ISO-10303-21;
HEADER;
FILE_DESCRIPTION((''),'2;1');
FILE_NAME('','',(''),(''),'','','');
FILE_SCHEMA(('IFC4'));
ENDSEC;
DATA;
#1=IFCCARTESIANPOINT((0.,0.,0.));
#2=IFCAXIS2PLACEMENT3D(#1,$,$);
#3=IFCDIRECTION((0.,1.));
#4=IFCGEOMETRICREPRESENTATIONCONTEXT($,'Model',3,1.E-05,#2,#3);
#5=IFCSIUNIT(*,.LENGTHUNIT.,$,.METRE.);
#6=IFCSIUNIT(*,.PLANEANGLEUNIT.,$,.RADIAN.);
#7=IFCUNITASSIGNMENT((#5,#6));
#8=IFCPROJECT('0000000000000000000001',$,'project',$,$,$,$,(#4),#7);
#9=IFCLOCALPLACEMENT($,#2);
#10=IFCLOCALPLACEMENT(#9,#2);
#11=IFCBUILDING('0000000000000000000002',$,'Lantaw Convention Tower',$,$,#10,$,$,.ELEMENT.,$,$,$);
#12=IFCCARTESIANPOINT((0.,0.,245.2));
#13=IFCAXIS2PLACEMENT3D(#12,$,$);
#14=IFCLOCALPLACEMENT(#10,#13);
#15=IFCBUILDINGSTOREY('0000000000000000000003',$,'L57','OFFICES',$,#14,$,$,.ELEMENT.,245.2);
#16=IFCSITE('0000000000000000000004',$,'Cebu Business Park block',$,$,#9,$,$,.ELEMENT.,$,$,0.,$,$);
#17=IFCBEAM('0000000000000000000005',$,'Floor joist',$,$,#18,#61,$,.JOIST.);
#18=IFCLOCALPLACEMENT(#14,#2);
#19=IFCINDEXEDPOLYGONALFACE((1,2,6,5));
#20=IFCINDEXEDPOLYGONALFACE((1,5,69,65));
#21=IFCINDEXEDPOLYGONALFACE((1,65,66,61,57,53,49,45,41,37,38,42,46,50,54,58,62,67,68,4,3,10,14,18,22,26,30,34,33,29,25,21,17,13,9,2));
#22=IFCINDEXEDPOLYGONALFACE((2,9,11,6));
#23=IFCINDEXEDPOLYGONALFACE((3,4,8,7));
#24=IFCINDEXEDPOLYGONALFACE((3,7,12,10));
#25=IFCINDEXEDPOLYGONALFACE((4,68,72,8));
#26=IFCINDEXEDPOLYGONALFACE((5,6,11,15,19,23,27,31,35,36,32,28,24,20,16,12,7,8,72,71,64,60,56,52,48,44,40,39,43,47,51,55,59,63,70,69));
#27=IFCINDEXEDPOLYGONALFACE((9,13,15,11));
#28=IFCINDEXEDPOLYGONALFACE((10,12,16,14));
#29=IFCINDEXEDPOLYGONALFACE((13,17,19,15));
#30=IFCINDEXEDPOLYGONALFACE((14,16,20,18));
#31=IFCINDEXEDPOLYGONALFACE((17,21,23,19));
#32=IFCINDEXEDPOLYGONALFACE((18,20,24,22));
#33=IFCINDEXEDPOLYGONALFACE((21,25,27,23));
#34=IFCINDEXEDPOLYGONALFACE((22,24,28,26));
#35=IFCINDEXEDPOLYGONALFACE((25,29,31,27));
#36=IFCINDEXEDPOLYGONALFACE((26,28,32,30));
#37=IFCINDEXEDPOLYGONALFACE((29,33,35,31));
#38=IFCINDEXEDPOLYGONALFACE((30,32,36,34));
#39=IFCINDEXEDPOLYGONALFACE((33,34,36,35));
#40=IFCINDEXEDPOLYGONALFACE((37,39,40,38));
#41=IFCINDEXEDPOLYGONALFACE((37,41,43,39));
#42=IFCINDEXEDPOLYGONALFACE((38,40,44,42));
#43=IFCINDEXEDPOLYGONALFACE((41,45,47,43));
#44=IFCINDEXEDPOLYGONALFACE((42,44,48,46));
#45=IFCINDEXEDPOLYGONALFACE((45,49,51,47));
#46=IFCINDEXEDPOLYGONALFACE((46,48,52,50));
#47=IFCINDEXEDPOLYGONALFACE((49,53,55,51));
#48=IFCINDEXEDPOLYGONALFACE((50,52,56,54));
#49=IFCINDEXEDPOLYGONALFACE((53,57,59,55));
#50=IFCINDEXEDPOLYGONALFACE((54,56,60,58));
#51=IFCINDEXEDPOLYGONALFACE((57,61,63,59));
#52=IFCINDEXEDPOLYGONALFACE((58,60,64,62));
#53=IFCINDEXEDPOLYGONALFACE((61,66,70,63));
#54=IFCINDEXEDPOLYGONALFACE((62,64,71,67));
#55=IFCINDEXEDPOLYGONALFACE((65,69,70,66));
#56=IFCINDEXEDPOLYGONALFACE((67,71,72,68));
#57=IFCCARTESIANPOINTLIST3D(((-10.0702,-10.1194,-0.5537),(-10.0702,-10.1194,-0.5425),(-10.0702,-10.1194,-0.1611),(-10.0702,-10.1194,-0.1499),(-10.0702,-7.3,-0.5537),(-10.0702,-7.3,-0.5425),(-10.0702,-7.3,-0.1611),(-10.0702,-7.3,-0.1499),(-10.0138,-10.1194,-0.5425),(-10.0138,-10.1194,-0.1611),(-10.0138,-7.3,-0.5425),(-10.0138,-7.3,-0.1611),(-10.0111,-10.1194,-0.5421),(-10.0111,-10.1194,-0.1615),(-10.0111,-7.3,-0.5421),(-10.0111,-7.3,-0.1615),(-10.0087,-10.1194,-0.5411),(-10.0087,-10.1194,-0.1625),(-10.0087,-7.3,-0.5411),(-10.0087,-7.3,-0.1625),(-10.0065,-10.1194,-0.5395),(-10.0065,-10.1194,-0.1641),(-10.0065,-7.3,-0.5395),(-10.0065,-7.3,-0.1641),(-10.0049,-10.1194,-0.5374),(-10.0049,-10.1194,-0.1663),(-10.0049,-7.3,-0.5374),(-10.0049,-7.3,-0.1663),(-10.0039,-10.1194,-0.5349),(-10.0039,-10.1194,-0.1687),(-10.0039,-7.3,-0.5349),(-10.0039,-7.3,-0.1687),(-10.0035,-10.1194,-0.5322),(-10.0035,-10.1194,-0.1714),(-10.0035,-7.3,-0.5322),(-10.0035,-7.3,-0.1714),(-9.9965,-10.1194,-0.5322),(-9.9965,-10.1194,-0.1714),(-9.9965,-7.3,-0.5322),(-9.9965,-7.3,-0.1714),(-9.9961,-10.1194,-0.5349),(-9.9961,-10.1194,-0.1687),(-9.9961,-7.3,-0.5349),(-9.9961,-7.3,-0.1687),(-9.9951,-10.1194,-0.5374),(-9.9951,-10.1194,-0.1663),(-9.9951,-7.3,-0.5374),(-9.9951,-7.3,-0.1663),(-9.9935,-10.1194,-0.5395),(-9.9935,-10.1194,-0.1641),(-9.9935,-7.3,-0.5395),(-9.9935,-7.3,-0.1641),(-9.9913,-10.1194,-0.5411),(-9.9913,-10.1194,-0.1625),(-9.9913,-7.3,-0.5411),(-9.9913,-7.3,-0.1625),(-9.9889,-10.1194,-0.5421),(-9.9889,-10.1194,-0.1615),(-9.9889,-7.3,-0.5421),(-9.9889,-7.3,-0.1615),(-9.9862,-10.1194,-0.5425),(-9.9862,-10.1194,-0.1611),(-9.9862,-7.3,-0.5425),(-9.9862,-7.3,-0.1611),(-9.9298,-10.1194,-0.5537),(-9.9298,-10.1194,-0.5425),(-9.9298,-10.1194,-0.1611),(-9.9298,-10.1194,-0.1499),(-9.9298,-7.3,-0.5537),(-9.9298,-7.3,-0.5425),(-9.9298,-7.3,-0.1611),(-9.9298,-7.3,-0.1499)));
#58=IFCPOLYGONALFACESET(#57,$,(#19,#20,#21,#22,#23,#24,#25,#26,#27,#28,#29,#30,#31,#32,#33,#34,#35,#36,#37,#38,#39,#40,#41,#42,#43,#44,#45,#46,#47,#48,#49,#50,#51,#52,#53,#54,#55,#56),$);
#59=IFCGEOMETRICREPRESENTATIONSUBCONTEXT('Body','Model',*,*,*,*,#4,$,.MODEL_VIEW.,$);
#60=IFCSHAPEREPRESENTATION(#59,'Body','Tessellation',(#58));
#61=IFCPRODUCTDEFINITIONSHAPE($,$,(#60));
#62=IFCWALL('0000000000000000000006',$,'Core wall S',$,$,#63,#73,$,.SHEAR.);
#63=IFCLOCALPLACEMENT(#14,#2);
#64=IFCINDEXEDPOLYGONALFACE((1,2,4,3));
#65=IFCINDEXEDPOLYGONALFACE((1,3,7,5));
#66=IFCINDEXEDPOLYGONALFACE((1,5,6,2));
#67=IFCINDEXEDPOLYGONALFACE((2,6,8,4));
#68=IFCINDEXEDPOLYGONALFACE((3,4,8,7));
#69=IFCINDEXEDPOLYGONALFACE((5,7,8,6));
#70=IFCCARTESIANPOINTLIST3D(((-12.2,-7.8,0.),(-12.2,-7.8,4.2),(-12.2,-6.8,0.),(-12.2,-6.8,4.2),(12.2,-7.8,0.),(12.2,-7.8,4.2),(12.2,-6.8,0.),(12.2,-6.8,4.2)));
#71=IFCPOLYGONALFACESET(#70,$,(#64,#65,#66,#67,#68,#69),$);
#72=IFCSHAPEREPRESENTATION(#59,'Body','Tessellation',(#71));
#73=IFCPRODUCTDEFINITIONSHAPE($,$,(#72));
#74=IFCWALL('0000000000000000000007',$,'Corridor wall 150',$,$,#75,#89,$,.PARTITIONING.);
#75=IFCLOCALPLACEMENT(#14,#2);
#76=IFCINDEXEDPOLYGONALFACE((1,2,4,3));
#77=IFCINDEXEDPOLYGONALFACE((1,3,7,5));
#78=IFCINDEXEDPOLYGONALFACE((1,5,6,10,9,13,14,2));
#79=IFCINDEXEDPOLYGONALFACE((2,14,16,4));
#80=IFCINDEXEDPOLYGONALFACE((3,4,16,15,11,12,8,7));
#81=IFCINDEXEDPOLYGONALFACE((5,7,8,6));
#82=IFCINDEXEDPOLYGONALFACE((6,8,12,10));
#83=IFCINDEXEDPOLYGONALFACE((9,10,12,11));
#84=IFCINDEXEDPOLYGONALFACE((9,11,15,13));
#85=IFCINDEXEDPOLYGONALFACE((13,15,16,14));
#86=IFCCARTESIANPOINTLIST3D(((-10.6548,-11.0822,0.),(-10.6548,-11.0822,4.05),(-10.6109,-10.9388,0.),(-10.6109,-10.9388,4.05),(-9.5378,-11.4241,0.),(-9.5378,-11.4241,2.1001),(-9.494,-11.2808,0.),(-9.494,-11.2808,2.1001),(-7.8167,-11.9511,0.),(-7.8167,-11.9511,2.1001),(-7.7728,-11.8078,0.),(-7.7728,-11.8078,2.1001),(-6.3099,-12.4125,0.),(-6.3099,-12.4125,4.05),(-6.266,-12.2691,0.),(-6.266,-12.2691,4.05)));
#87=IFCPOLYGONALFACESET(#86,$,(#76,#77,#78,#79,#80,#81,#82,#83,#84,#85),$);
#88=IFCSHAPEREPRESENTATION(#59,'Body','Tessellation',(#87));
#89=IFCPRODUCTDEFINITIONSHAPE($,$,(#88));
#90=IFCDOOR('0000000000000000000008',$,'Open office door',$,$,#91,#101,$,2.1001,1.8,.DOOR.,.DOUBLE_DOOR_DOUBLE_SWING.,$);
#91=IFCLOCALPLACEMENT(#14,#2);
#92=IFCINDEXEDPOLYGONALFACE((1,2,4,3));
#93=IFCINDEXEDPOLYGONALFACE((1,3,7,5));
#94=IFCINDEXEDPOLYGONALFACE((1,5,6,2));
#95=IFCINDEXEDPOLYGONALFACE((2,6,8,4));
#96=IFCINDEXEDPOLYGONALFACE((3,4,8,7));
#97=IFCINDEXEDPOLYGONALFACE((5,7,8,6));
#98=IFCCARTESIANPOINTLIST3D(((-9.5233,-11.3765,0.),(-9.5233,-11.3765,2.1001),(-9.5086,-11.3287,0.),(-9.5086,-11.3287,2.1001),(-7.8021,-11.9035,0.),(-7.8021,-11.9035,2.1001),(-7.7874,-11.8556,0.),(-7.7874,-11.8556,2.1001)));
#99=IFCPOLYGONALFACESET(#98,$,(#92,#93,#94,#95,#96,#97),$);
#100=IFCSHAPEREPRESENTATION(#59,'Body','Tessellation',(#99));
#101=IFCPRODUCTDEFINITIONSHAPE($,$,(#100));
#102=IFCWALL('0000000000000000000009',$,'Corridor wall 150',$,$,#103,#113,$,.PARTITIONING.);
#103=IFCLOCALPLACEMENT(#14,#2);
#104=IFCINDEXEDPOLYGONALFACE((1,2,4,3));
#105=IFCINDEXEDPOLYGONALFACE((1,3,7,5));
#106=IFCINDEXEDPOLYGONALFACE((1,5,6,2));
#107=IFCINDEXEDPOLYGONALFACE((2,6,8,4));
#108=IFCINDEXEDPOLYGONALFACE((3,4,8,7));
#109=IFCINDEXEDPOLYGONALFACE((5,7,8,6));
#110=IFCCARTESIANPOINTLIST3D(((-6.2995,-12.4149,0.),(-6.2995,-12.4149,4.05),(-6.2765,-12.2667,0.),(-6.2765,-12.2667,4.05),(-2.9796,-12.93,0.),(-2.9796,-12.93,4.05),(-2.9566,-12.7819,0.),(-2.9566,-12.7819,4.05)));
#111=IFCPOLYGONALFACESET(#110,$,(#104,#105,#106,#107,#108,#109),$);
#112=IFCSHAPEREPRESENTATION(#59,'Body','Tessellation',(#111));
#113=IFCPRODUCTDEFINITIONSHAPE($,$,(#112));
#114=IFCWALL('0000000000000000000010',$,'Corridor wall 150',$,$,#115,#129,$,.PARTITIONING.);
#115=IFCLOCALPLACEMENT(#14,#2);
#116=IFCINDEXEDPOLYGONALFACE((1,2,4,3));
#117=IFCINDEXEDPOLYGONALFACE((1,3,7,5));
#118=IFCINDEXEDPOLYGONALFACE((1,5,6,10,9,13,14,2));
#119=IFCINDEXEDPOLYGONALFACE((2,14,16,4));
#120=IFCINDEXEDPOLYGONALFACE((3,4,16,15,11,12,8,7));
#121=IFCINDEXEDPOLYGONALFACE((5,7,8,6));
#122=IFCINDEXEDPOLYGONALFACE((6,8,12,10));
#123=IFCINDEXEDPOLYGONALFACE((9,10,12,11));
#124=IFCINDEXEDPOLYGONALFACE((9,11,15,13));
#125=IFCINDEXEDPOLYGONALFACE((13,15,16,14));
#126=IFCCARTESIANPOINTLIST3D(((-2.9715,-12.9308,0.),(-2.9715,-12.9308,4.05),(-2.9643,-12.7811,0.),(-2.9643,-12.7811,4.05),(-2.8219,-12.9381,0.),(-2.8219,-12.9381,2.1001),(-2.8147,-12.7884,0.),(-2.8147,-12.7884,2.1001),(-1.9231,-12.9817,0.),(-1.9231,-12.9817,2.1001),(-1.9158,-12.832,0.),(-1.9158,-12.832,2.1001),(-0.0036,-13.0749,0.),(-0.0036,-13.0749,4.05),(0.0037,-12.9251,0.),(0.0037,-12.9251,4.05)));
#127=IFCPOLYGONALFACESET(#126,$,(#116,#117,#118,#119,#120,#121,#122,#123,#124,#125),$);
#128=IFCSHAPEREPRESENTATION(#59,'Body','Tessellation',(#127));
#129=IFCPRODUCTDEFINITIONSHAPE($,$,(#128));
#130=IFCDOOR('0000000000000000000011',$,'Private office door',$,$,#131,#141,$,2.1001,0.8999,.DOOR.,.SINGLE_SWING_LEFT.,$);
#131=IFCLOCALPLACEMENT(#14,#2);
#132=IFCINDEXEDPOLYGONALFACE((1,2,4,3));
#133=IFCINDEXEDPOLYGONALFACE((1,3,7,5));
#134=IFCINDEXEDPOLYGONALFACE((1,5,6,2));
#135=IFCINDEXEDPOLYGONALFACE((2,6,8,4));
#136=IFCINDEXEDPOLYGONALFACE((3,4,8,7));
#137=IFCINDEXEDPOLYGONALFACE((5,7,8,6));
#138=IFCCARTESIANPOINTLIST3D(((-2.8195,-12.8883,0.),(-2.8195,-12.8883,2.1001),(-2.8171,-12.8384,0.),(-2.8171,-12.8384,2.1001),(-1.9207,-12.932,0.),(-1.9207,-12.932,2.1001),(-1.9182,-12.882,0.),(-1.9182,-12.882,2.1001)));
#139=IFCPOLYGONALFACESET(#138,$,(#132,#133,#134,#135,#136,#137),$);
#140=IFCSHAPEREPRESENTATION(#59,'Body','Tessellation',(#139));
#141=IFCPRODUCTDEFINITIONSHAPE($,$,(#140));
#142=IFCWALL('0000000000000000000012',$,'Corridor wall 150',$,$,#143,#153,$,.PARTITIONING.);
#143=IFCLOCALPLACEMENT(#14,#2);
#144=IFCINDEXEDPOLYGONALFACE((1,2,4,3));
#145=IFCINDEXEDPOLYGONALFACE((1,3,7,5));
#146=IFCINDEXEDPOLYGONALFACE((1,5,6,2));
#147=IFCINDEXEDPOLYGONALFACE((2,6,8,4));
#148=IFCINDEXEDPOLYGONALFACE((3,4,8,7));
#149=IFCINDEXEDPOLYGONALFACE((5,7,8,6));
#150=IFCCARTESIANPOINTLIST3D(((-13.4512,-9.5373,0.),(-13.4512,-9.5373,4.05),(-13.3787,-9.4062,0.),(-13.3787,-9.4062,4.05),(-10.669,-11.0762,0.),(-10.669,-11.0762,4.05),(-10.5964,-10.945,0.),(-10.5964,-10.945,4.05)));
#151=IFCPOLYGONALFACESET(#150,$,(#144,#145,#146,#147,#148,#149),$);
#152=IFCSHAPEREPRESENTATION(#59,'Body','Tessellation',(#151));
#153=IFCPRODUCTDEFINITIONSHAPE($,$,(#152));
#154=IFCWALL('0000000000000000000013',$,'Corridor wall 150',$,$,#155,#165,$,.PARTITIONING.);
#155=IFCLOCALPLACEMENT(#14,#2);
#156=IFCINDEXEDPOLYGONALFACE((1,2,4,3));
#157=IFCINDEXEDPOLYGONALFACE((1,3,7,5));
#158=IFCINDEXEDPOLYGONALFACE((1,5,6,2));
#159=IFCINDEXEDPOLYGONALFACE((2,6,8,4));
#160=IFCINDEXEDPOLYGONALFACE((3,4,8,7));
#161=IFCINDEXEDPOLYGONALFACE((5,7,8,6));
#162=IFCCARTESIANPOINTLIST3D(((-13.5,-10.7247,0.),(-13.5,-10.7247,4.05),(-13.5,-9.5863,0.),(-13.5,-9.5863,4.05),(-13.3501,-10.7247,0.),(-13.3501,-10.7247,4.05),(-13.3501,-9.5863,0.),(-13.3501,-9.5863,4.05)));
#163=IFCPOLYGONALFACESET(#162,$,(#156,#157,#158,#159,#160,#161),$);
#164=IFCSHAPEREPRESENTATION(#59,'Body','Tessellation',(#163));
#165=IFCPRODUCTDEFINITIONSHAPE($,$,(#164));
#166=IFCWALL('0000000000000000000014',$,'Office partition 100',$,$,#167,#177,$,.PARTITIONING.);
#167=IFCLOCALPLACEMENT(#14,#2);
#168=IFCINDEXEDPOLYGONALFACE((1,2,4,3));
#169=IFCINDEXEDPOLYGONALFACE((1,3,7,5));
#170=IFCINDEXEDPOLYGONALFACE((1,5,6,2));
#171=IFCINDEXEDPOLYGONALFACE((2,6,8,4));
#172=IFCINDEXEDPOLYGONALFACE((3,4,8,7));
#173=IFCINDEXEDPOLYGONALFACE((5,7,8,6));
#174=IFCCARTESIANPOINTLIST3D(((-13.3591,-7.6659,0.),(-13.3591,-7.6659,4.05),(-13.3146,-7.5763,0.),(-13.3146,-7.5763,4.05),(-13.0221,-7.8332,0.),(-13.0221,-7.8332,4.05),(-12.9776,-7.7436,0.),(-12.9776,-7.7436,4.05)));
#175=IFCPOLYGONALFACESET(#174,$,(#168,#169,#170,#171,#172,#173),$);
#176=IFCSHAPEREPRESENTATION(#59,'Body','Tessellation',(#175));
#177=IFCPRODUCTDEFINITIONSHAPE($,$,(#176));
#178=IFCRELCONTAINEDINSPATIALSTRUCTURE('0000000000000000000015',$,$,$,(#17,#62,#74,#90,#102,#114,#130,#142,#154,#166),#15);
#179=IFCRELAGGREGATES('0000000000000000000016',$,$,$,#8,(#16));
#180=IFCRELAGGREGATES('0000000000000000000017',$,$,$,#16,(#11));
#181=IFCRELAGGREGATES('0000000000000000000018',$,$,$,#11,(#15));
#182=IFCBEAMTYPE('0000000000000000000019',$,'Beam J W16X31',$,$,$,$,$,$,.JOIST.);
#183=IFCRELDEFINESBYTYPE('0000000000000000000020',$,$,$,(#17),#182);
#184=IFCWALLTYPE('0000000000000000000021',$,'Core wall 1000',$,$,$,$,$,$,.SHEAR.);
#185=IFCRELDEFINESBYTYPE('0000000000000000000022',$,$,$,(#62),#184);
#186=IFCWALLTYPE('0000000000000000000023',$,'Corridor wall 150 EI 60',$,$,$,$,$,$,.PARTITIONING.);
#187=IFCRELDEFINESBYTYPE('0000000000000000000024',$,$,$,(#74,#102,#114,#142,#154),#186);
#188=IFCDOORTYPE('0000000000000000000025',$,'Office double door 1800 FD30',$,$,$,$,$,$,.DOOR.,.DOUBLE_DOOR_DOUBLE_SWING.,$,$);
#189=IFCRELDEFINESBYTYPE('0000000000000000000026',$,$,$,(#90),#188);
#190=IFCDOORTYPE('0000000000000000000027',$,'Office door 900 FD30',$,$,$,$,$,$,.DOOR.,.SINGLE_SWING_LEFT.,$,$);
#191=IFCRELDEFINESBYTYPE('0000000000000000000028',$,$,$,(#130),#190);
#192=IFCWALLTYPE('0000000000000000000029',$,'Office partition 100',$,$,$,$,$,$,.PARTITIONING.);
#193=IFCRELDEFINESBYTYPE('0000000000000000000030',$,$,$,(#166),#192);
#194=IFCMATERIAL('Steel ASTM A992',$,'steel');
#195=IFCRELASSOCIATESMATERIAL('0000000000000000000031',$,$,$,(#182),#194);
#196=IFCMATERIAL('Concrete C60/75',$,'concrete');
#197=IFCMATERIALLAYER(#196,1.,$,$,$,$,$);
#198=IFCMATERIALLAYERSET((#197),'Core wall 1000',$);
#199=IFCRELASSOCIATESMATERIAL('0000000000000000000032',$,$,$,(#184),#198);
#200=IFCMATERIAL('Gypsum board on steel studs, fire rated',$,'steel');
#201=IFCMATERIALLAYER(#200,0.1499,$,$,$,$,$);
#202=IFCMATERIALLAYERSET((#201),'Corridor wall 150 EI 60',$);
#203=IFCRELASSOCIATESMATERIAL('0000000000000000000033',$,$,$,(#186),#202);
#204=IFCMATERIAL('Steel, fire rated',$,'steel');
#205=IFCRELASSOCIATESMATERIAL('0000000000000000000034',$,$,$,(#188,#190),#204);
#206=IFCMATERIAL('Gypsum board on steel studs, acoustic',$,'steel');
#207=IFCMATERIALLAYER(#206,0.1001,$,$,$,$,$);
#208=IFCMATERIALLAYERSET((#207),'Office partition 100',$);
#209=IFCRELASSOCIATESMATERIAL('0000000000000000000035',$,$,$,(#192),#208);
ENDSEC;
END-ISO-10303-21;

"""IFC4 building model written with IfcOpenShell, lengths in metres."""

from ifc_helpers import new_model, si_unit, direction, frame, frame_2d, origin, origin_2d, place, context, subcontext, project, spatial, rectangle, i_section, extrude, material, layer, layer_set, material_profile, profile_set, type_object, element, fill, save


model = new_model("IFC4")

# Units and contexts
model_context = context("Model", 3, precision=1e-05, world=origin(), true_north=direction((0.0, 1.0)))
body_context = subcontext(model_context, "Body", "Model", "MODEL_VIEW")
ifc_project = project(units=[si_unit("LENGTHUNIT", "METRE"), si_unit("PLANEANGLEUNIT", "RADIAN")], contexts=[model_context])

# Site, building, storey
site_placement = place(None, origin())
site = spatial("IfcSite", under=ifc_project, at=site_placement, Name="Cebu Business Park block", CompositionType="ELEMENT", RefElevation=0.0)
building_placement = place(site_placement, origin())
building = spatial("IfcBuilding", under=site, at=building_placement, Name="Lantaw Convention Tower", CompositionType="ELEMENT")
storey_placement = place(building_placement, frame((0.0, 0.0, 245.2)))
storey = spatial("IfcBuildingStorey", under=building, at=storey_placement, Name="L57", Description="OFFICES", CompositionType="ELEMENT", Elevation=245.2)

# Shared definitions
ifc_material_1 = material(Name="Concrete C60/75", Category="concrete")

# Beam
ifc_material_2 = material(Name="Steel ASTM A992", Category="steel")
ifc_material_profile_1 = material_profile(ifc_material_2, i_section(OverallWidth=0.1404, OverallDepth=0.4038, WebThickness=0.0071, FlangeThickness=0.0112, FilletRadius=0.0103, at=origin_2d()), Name="W16X31")
ifc_profile_set_1 = profile_set([ifc_material_profile_1], Name="Steel ASTM A992")
beam_type_1 = type_object("IfcBeamType", Name="Beam J W16X31", PredefinedType="JOIST", material=ifc_profile_set_1)
beam_1_placement = place(storey_placement, frame((-10.0, -10.1194, -0.3518), z_axis=(0.0, 1.0, 0.0), x_axis=(-1.0, 0.0, 0.0)))
element("IfcBeam", 1, at=beam_1_placement, inside=storey, type_object=beam_type_1, Name="Floor joist", PredefinedType="JOIST", context=body_context, shape_type="SweptSolid", body=[
    extrude(i_section(OverallWidth=0.1404, OverallDepth=0.4038, WebThickness=0.0071, FlangeThickness=0.0112, FilletRadius=0.0103, at=origin_2d()), origin(), (0.0, 0.0, 1.0), 2.8193),
])

# Wall
ifc_layer_1 = layer(ifc_material_1, 1.0)
ifc_layer_set_1 = layer_set([ifc_layer_1], Name="Core wall 1000")
wall_type_1 = type_object("IfcWallType", Name="Core wall 1000", PredefinedType="SHEAR", material=ifc_layer_set_1)
wall_1_placement = place(storey_placement, frame((-12.2, -7.3, 0.0), z_axis=(0.0, 0.0, 1.0), x_axis=(1.0, 0.0, 0.0)))
element("IfcWall", 2, at=wall_1_placement, inside=storey, type_object=wall_type_1, Name="Core wall S", PredefinedType="SHEAR", context=body_context, shape_type="SweptSolid", body=[
    extrude(rectangle(XDim=24.3999, YDim=1.0, at=frame_2d((12.2, 0.0))), origin(), (0.0, 0.0, 1.0), 4.2),
])

# Wall, opening, door
ifc_material_3 = material(Name="Gypsum board on steel studs, fire rated", Category="steel")
ifc_layer_2 = layer(ifc_material_3, 0.1499)
ifc_layer_set_2 = layer_set([ifc_layer_2], Name="Corridor wall 150 EI 60")
wall_type_2 = type_object("IfcWallType", Name="Corridor wall 150 EI 60", PredefinedType="PARTITIONING", material=ifc_layer_set_2)
wall_2_placement = place(storey_placement, frame((-10.6328, -11.0105, 0.0), z_axis=(0.0, 0.0, 1.0), x_axis=(0.956186, -0.29276, 0.0)))
wall_2 = element("IfcWall", 3, at=wall_2_placement, inside=storey, type_object=wall_type_2, Name="Corridor wall 150", PredefinedType="PARTITIONING", context=body_context, shape_type="SweptSolid", body=[
    extrude(rectangle(XDim=4.5439, YDim=0.1499, at=frame_2d((2.272, 0.0))), origin(), (0.0, 0.0, 1.0), 4.05),
])
opening_1_placement = place(wall_2_placement, frame((1.1682, 0.0, 0.0)))
opening_1 = element("IfcOpeningElement", 4, at=opening_1_placement, cuts=wall_2, PredefinedType="OPENING", context=body_context, shape_type="SweptSolid", body=[
    extrude(rectangle(XDim=1.8, YDim=2.1001, at=frame_2d((0.8999, 1.05))), frame((0.0, 0.085, 0.0), z_axis=(0.0, -1.0, 0.0), x_axis=(1.0, 0.0, 0.0)), (0.0, 0.0, 1.0), 0.1699),
])
ifc_material_4 = material(Name="Steel, fire rated", Category="steel")
door_type_1 = type_object("IfcDoorType", Name="Office double door 1800 FD30", OperationType="DOUBLE_DOOR_DOUBLE_SWING", PredefinedType="DOOR", material=ifc_material_4)
door_1_placement = place(opening_1_placement, origin())
door_1 = element("IfcDoor", 5, at=door_1_placement, inside=storey, type_object=door_type_1, Name="Open office door", OperationType="DOUBLE_DOOR_DOUBLE_SWING", OverallHeight=2.1001, OverallWidth=1.8, PredefinedType="DOOR", context=body_context, shape_type="SweptSolid", body=[
    extrude(rectangle(XDim=1.8, YDim=2.1001, at=frame_2d((0.8999, 1.05))), frame((0.0, 0.0249, 0.0), z_axis=(0.0, -1.0, 0.0), x_axis=(1.0, 0.0, 0.0)), (0.0, 0.0, 1.0), 0.05),
])
fill(opening_1, door_1)

# Wall
wall_3_placement = place(storey_placement, frame((-6.2878, -12.3408, 0.0), z_axis=(0.0, 0.0, 1.0), x_axis=(0.988174, -0.153335, 0.0)))
element("IfcWall", 6, at=wall_3_placement, inside=storey, type_object=wall_type_2, Name="Corridor wall 150", PredefinedType="PARTITIONING", context=body_context, shape_type="SweptSolid", body=[
    extrude(rectangle(XDim=3.3596, YDim=0.1499, at=frame_2d((1.6797, 0.0))), origin(), (0.0, 0.0, 1.0), 4.05),
])

# Wall, opening, door
wall_4_placement = place(storey_placement, frame((-2.968, -12.856, 0.0), z_axis=(0.0, 0.0, 1.0), x_axis=(0.998824, -0.048475, 0.0)))
wall_4 = element("IfcWall", 7, at=wall_4_placement, inside=storey, type_object=wall_type_2, Name="Corridor wall 150", PredefinedType="PARTITIONING", context=body_context, shape_type="SweptSolid", body=[
    extrude(rectangle(XDim=2.9714, YDim=0.1499, at=frame_2d((1.4858, 0.0))), origin(), (0.0, 0.0, 1.0), 4.05),
])
opening_2_placement = place(wall_4_placement, frame((0.1499, 0.0, 0.0)))
opening_2 = element("IfcOpeningElement", 8, at=opening_2_placement, cuts=wall_4, PredefinedType="OPENING", context=body_context, shape_type="SweptSolid", body=[
    extrude(rectangle(XDim=0.8999, YDim=2.1001, at=frame_2d((0.45, 1.05))), frame((0.0, 0.085, 0.0), z_axis=(0.0, -1.0, 0.0), x_axis=(1.0, 0.0, 0.0)), (0.0, 0.0, 1.0), 0.1699),
])
door_type_2 = type_object("IfcDoorType", Name="Office door 900 FD30", OperationType="SINGLE_SWING_LEFT", PredefinedType="DOOR", material=ifc_material_4)
door_2_placement = place(opening_2_placement, origin())
door_2 = element("IfcDoor", 9, at=door_2_placement, inside=storey, type_object=door_type_2, Name="Private office door", OperationType="SINGLE_SWING_LEFT", OverallHeight=2.1001, OverallWidth=0.8999, PredefinedType="DOOR", context=body_context, shape_type="SweptSolid", body=[
    extrude(rectangle(XDim=0.8999, YDim=2.1001, at=frame_2d((0.45, 1.05))), frame((0.0, 0.0249, 0.0), z_axis=(0.0, -1.0, 0.0), x_axis=(1.0, 0.0, 0.0)), (0.0, 0.0, 1.0), 0.05),
])
fill(opening_2, door_2)

# Walls
wall_5_placement = place(storey_placement, frame((-13.415, -9.4717, 0.0), z_axis=(0.0, 0.0, 1.0), x_axis=(0.875072, -0.483993, 0.0)))
element("IfcWall", 10, at=wall_5_placement, inside=storey, type_object=wall_type_2, Name="Corridor wall 150", PredefinedType="PARTITIONING", context=body_context, shape_type="SweptSolid", body=[
    extrude(rectangle(XDim=3.1794, YDim=0.1499, at=frame_2d((1.5898, 0.0))), origin(), (0.0, 0.0, 1.0), 4.05),
])
wall_6_placement = place(storey_placement, frame((-13.425, -9.5862, 0.0), z_axis=(0.0, 0.0, 1.0), x_axis=(0.0, -1.0, 0.0)))
element("IfcWall", 11, at=wall_6_placement, inside=storey, type_object=wall_type_2, Name="Corridor wall 150", PredefinedType="PARTITIONING", context=body_context, shape_type="SweptSolid", body=[
    extrude(rectangle(XDim=1.1384, YDim=0.1499, at=frame_2d((0.5693, 0.0))), origin(), (0.0, 0.0, 1.0), 4.05),
])
ifc_material_5 = material(Name="Gypsum board on steel studs, acoustic", Category="steel")
ifc_layer_3 = layer(ifc_material_5, 0.1001)
ifc_layer_set_3 = layer_set([ifc_layer_3], Name="Office partition 100")
wall_type_3 = type_object("IfcWallType", Name="Office partition 100", PredefinedType="PARTITIONING", material=ifc_layer_set_3)
wall_7_placement = place(storey_placement, frame((-13.0, -7.7883, 0.0), z_axis=(0.0, 0.0, 1.0), x_axis=(-0.895722, 0.444615, 0.0)))
element("IfcWall", 12, at=wall_7_placement, inside=storey, type_object=wall_type_3, Name="Office partition 100", PredefinedType="PARTITIONING", context=body_context, shape_type="SweptSolid", body=[
    extrude(rectangle(XDim=0.3762, YDim=0.1001, at=frame_2d((0.188, 0.0))), origin(), (0.0, 0.0, 1.0), 4.05),
])

save(model, "model.ifc")
